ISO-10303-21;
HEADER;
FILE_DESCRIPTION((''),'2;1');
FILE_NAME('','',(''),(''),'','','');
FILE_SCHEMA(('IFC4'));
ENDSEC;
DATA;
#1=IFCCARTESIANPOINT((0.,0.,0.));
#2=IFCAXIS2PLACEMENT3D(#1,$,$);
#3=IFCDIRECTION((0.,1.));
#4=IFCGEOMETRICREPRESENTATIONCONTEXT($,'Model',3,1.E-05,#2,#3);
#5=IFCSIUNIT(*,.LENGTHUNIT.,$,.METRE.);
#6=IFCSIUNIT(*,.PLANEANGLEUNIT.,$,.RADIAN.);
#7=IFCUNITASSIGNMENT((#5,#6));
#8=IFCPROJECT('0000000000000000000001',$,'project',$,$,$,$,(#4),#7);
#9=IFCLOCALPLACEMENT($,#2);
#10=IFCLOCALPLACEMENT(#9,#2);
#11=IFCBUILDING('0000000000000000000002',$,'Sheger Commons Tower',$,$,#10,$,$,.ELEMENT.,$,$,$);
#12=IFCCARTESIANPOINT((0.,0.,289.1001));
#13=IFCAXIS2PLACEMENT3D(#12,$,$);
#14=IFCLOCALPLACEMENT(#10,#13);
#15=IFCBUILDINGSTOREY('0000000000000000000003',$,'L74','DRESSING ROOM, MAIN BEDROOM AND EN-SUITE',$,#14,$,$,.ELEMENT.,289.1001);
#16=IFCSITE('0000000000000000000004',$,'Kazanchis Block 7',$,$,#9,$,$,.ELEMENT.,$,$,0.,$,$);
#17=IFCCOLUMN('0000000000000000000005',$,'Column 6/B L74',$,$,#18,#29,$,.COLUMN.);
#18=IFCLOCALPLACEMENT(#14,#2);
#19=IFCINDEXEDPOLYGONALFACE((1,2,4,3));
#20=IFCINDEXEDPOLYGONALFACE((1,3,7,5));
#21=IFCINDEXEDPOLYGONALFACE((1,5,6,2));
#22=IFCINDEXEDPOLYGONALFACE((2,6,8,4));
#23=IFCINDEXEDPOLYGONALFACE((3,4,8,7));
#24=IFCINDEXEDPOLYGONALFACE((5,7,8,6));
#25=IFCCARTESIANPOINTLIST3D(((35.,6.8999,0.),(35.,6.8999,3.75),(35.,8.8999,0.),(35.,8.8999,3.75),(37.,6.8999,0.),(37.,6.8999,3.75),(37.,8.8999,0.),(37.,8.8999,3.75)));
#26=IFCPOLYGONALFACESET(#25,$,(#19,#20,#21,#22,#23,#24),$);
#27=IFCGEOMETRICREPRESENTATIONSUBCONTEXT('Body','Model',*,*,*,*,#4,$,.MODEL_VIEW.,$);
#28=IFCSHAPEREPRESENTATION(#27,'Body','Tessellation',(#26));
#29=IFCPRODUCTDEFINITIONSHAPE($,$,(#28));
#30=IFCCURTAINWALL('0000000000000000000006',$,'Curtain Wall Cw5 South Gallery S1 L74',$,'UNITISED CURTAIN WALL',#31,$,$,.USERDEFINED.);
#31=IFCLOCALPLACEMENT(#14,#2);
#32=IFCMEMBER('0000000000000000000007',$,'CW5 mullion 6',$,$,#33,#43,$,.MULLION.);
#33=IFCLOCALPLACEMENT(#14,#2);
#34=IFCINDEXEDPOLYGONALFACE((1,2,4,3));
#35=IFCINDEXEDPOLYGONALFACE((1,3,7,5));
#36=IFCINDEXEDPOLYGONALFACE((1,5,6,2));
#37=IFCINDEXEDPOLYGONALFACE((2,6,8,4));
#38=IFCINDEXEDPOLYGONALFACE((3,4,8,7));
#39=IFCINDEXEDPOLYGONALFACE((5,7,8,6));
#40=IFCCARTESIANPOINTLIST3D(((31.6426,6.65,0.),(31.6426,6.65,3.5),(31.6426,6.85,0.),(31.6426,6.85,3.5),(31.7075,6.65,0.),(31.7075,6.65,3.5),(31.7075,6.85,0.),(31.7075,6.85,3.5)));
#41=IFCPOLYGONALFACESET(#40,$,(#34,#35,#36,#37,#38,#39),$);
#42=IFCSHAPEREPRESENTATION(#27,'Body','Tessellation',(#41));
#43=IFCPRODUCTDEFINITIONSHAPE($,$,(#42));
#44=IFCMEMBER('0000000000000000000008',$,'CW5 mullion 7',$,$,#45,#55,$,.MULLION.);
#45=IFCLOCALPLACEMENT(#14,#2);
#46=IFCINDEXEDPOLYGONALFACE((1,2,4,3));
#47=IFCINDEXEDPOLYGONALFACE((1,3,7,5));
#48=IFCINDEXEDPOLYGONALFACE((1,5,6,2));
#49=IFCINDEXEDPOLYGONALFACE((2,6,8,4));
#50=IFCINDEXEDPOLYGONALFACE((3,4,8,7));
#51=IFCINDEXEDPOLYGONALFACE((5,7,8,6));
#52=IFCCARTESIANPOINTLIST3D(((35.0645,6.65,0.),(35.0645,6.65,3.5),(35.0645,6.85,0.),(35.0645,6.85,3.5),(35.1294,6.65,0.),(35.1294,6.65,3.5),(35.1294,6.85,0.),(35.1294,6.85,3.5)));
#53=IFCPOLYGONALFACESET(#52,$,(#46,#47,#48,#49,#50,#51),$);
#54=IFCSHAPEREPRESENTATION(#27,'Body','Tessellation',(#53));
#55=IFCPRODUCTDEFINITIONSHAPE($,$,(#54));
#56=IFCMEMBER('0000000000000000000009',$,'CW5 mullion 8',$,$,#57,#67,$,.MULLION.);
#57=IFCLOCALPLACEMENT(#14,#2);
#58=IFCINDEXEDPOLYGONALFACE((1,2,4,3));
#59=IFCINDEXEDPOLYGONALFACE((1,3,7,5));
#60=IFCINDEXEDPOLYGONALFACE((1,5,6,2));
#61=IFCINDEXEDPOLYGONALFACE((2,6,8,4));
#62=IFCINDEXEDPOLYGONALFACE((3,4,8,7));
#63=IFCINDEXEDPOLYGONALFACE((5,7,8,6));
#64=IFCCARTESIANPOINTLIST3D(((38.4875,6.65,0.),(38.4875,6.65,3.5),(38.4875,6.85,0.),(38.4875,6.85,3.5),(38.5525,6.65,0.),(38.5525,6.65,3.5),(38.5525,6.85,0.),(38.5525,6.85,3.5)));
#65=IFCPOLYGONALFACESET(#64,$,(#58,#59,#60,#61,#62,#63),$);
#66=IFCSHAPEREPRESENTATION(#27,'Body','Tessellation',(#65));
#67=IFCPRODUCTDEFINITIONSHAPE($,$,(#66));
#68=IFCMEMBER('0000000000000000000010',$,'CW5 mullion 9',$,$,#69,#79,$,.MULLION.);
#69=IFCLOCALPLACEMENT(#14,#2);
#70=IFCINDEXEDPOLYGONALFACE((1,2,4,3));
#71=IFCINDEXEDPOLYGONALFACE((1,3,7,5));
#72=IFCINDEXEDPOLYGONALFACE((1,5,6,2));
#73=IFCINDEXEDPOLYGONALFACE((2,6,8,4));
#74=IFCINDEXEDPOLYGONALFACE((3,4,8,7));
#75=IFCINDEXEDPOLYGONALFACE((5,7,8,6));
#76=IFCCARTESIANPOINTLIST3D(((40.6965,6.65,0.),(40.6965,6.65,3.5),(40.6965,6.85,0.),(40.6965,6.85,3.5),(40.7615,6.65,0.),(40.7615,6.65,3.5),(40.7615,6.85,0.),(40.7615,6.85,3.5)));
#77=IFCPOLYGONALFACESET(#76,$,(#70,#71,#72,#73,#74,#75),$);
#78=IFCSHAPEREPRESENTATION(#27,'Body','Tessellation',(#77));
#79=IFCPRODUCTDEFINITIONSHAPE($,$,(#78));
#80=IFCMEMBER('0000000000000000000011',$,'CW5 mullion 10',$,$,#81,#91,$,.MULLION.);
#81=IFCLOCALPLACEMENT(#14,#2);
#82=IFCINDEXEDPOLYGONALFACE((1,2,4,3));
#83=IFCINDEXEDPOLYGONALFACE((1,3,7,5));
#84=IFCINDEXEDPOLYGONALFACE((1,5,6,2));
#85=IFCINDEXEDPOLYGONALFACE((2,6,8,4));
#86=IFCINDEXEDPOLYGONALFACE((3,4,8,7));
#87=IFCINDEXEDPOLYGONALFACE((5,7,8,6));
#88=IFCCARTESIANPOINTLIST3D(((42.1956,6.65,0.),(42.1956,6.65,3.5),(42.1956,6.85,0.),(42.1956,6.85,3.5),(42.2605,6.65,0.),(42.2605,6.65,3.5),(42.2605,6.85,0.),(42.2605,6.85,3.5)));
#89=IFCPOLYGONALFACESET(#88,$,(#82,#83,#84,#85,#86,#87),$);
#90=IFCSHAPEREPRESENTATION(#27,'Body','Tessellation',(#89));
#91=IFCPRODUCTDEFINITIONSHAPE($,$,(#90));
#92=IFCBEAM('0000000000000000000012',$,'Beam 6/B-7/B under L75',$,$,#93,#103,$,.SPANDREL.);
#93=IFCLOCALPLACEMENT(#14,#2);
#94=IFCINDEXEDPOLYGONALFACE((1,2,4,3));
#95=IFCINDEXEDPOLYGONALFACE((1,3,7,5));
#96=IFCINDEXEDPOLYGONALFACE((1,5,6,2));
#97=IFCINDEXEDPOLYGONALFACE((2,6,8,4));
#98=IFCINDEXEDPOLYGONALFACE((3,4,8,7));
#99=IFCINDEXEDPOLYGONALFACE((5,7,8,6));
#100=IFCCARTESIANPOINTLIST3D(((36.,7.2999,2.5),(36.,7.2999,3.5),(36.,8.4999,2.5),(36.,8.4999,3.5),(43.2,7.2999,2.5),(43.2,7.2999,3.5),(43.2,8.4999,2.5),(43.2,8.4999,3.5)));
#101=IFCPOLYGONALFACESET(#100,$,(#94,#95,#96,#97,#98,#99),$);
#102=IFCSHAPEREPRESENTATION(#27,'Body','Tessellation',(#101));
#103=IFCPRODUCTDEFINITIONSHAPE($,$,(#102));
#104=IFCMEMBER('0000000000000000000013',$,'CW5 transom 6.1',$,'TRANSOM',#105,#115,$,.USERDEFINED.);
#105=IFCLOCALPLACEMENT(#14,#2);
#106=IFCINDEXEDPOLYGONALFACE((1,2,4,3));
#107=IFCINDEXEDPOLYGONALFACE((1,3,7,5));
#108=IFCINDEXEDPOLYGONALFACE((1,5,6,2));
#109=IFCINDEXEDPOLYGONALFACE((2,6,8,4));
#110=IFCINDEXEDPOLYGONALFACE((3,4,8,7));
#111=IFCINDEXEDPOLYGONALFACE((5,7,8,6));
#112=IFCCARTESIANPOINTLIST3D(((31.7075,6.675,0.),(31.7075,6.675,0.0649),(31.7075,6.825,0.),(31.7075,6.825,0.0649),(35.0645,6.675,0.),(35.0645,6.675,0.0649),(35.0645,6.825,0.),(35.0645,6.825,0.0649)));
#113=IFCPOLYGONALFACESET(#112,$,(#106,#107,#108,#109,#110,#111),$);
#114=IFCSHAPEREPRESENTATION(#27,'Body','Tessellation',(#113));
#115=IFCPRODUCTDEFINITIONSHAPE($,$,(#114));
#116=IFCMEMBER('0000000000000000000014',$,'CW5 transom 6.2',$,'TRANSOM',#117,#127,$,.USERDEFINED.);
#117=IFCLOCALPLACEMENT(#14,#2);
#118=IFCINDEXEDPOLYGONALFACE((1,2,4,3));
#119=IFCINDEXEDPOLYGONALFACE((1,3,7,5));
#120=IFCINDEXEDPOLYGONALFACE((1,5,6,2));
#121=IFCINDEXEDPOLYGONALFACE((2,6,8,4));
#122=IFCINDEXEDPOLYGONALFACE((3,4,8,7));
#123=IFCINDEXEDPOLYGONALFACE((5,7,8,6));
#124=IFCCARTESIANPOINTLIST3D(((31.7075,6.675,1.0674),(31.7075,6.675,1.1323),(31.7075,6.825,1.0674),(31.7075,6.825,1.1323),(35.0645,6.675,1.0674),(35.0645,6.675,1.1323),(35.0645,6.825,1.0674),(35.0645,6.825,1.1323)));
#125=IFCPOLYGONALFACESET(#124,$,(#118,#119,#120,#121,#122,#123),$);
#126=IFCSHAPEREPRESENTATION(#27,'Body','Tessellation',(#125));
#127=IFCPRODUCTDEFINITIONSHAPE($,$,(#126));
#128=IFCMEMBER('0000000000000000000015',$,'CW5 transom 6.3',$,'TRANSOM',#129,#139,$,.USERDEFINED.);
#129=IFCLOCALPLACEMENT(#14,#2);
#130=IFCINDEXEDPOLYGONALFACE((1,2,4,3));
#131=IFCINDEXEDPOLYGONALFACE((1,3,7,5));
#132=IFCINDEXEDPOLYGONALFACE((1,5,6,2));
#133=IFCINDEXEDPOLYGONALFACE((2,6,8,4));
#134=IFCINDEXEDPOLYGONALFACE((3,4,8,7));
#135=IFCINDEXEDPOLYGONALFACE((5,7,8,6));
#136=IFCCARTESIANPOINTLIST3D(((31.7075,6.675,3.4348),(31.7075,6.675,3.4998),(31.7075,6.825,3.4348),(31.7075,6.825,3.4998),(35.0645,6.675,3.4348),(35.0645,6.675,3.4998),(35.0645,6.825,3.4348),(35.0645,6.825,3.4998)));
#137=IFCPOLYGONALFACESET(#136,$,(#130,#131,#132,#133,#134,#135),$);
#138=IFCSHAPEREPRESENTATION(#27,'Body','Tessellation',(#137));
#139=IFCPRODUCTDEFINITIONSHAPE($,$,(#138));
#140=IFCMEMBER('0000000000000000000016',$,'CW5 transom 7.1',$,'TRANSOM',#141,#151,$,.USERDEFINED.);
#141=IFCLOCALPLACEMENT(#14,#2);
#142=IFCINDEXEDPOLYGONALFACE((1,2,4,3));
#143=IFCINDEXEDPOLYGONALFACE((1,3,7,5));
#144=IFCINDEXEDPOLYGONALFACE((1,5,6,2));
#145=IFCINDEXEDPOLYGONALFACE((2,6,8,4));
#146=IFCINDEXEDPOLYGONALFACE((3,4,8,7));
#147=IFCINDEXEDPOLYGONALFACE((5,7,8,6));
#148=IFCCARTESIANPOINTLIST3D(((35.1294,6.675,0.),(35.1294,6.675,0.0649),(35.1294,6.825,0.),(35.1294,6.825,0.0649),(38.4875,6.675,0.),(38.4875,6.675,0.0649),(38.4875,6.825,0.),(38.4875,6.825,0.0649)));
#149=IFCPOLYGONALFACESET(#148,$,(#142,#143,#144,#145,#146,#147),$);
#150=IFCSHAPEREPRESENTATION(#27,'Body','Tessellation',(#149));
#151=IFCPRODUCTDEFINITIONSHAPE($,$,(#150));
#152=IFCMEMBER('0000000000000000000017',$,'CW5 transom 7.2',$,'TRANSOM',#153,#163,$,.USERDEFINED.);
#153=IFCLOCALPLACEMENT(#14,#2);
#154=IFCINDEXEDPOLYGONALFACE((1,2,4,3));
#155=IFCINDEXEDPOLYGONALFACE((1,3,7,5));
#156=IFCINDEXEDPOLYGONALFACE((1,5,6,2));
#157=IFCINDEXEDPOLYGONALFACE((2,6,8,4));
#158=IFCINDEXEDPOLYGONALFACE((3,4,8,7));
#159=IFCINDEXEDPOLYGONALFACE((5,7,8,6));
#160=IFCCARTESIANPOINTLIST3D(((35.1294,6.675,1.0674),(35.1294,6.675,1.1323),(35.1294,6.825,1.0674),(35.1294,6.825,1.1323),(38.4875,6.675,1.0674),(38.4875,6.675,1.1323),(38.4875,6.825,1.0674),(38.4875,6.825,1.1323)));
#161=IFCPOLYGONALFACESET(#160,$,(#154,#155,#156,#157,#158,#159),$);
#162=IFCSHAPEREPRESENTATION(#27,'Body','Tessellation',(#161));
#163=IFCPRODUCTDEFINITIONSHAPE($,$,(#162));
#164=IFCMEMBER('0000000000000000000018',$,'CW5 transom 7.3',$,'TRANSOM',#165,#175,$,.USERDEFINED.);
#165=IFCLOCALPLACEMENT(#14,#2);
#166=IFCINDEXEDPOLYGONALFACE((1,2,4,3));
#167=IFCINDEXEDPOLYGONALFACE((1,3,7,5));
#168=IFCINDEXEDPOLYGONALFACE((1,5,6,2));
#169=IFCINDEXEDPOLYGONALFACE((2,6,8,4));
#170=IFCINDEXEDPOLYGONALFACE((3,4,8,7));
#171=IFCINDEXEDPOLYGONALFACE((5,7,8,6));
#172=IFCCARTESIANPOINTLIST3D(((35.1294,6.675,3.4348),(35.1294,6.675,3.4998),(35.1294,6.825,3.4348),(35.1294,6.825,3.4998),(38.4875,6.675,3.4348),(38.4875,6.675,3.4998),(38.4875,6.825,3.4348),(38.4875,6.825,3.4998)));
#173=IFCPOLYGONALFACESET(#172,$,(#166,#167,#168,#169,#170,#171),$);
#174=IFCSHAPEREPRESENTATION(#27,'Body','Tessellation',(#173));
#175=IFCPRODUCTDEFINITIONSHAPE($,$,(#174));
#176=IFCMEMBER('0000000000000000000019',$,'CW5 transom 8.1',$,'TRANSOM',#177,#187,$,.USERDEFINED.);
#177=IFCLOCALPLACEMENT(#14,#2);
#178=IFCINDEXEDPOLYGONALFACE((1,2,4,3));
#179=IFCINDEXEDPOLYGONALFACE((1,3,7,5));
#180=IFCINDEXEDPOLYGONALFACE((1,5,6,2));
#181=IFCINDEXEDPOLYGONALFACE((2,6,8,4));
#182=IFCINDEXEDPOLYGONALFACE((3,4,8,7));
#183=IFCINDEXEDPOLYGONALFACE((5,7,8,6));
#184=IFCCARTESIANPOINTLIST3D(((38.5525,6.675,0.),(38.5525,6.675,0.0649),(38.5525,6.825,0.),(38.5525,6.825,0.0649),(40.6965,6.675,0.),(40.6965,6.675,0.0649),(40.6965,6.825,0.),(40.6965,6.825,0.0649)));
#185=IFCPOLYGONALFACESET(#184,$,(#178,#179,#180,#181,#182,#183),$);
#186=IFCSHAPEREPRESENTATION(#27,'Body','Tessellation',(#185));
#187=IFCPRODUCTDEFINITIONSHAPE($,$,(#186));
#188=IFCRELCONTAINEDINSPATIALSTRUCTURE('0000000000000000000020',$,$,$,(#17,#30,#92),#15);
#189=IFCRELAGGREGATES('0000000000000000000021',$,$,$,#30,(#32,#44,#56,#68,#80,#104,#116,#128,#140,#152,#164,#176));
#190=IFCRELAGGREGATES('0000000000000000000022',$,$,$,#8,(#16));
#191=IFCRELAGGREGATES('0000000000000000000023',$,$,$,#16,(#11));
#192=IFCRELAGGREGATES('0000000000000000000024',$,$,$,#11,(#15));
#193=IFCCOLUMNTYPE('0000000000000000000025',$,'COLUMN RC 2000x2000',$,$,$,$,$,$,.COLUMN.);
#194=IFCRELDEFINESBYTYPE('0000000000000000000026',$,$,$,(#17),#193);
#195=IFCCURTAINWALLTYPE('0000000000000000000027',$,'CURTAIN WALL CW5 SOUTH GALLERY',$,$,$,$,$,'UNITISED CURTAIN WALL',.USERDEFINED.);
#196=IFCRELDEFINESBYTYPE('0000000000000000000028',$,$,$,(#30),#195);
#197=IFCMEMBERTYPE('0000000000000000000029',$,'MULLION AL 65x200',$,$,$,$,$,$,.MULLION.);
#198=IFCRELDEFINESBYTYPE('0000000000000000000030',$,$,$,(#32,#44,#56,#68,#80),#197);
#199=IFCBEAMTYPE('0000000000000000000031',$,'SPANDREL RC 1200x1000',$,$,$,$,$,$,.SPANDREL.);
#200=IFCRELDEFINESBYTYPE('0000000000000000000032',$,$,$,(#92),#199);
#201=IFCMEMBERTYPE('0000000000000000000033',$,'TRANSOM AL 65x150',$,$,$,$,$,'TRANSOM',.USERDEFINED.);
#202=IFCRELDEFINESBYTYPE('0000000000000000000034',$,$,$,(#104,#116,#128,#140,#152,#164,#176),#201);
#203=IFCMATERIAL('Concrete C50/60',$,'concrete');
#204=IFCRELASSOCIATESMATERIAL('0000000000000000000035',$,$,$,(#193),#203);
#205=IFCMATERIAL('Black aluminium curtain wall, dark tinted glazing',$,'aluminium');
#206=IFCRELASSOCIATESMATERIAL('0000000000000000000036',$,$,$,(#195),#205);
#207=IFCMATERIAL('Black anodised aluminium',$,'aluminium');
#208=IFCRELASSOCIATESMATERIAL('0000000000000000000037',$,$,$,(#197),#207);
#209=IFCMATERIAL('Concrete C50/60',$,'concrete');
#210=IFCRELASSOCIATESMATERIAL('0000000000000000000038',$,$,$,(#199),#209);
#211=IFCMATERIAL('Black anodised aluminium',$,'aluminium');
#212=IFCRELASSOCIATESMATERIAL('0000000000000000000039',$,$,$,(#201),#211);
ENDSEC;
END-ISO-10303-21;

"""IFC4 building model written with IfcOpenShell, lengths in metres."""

from ifc_helpers import new_model, si_unit, direction, frame, origin, origin_2d, place, context, subcontext, project, spatial, rectangle, extrude, material, material_profile, profile_set, type_object, element, aggregate, save


model = new_model("IFC4")

# Units and contexts
model_context = context("Model", 3, precision=1e-05, world=origin(), true_north=direction((0.0, 1.0)))
body_context = subcontext(model_context, "Body", "Model", "MODEL_VIEW")
ifc_project = project(units=[si_unit("LENGTHUNIT", "METRE"), si_unit("PLANEANGLEUNIT", "RADIAN")], contexts=[model_context])

# Site, building, storey
site_placement = place(None, origin())
site = spatial("IfcSite", under=ifc_project, at=site_placement, Name="Kazanchis Block 7", CompositionType="ELEMENT", RefElevation=0.0)
building_placement = place(site_placement, origin())
building = spatial("IfcBuilding", under=site, at=building_placement, Name="Sheger Commons Tower", CompositionType="ELEMENT")
storey_placement = place(building_placement, frame((0.0, 0.0, 289.1001)))
storey = spatial("IfcBuildingStorey", under=building, at=storey_placement, Name="L74", Description="DRESSING ROOM, MAIN BEDROOM AND EN-SUITE", CompositionType="ELEMENT", Elevation=289.1001)

# Column
ifc_material_1 = material(Name="Concrete C50/60", Category="concrete")
ifc_material_profile_1 = material_profile(ifc_material_1, rectangle(XDim=2.0, YDim=2.0, at=origin_2d()), Name="RC 2000x2000")
ifc_profile_set_1 = profile_set([ifc_material_profile_1], Name="Concrete C50/60")
column_type = type_object("IfcColumnType", Name="COLUMN RC 2000x2000", PredefinedType="COLUMN", material=ifc_profile_set_1)
column_placement = place(storey_placement, frame((36.0, 7.8999, 0.0), z_axis=(0.0, 0.0, 1.0), x_axis=(1.0, 0.0, 0.0)))
element("IfcColumn", 1, at=column_placement, inside=storey, type_object=column_type, Name="Column 6/B L74", PredefinedType="COLUMN", context=body_context, shape_type="SweptSolid", body=[
    extrude(rectangle(XDim=2.0, YDim=2.0, at=origin_2d()), origin(), (0.0, 0.0, 1.0), 3.75),
])

# Curtain wall, members
ifc_material_2 = material(Name="Black aluminium curtain wall, dark tinted glazing", Category="aluminium")
curtain_wall_type = type_object("IfcCurtainWallType", Name="CURTAIN WALL CW5 SOUTH GALLERY", ElementType="UNITISED CURTAIN WALL", PredefinedType="USERDEFINED", material=ifc_material_2)
curtain_wall_placement = place(storey_placement, origin())
curtain_wall = element("IfcCurtainWall", 2, at=curtain_wall_placement, inside=storey, type_object=curtain_wall_type, Name="Curtain Wall Cw5 South Gallery S1 L74", ObjectType="UNITISED CURTAIN WALL", PredefinedType="USERDEFINED")
ifc_material_3 = material(Name="Black anodised aluminium", Category="aluminium")
ifc_material_profile_2 = material_profile(ifc_material_3, rectangle(XDim=0.2, YDim=0.0649, at=origin_2d()), Name="AL 65x200")
ifc_profile_set_2 = profile_set([ifc_material_profile_2], Name="Black anodised aluminium")
member_type_1 = type_object("IfcMemberType", Name="MULLION AL 65x200", PredefinedType="MULLION", material=ifc_profile_set_2)
member_1_placement = place(storey_placement, frame((31.675, 6.75, 0.0), z_axis=(0.0, 0.0, 1.0), x_axis=(0.0, 1.0, 0.0)))
member_1 = element("IfcMember", 3, at=member_1_placement, type_object=member_type_1, Name="CW5 mullion 6", PredefinedType="MULLION", context=body_context, shape_type="SweptSolid", body=[
    extrude(rectangle(XDim=0.2, YDim=0.0649, at=origin_2d()), origin(), (0.0, 0.0, 1.0), 3.5),
])
member_2_placement = place(storey_placement, frame((35.0969, 6.75, 0.0), z_axis=(0.0, 0.0, 1.0), x_axis=(0.0, 1.0, 0.0)))
member_2 = element("IfcMember", 4, at=member_2_placement, type_object=member_type_1, Name="CW5 mullion 7", PredefinedType="MULLION", context=body_context, shape_type="SweptSolid", body=[
    extrude(rectangle(XDim=0.2, YDim=0.0649, at=origin_2d()), origin(), (0.0, 0.0, 1.0), 3.5),
])
member_3_placement = place(storey_placement, frame((38.52, 6.75, 0.0), z_axis=(0.0, 0.0, 1.0), x_axis=(0.0, 1.0, 0.0)))
member_3 = element("IfcMember", 5, at=member_3_placement, type_object=member_type_1, Name="CW5 mullion 8", PredefinedType="MULLION", context=body_context, shape_type="SweptSolid", body=[
    extrude(rectangle(XDim=0.2, YDim=0.0649, at=origin_2d()), origin(), (0.0, 0.0, 1.0), 3.5),
])
member_4_placement = place(storey_placement, frame((40.729, 6.75, 0.0), z_axis=(0.0, 0.0, 1.0), x_axis=(0.0, 1.0, 0.0)))
member_4 = element("IfcMember", 6, at=member_4_placement, type_object=member_type_1, Name="CW5 mullion 9", PredefinedType="MULLION", context=body_context, shape_type="SweptSolid", body=[
    extrude(rectangle(XDim=0.2, YDim=0.0649, at=origin_2d()), origin(), (0.0, 0.0, 1.0), 3.5),
])
member_5_placement = place(storey_placement, frame((42.228, 6.75, 0.0), z_axis=(0.0, 0.0, 1.0), x_axis=(0.0, 1.0, 0.0)))
member_5 = element("IfcMember", 7, at=member_5_placement, type_object=member_type_1, Name="CW5 mullion 10", PredefinedType="MULLION", context=body_context, shape_type="SweptSolid", body=[
    extrude(rectangle(XDim=0.2, YDim=0.0649, at=origin_2d()), origin(), (0.0, 0.0, 1.0), 3.5),
])

# Beam
ifc_material_4 = material(Name="Concrete C50/60", Category="concrete")
ifc_material_profile_3 = material_profile(ifc_material_4, rectangle(XDim=1.2, YDim=1.0, at=origin_2d()), Name="RC 1200x1000")
ifc_profile_set_3 = profile_set([ifc_material_profile_3], Name="Concrete C50/60")
beam_type = type_object("IfcBeamType", Name="SPANDREL RC 1200x1000", PredefinedType="SPANDREL", material=ifc_profile_set_3)
beam_placement = place(storey_placement, frame((36.0, 7.8999, 3.0), z_axis=(1.0, 0.0, 0.0), x_axis=(0.0, 1.0, 0.0)))
element("IfcBeam", 8, at=beam_placement, inside=storey, type_object=beam_type, Name="Beam 6/B-7/B under L75", PredefinedType="SPANDREL", context=body_context, shape_type="SweptSolid", body=[
    extrude(rectangle(XDim=1.2, YDim=1.0, at=origin_2d()), origin(), (0.0, 0.0, 1.0), 7.2),
])

# Members
ifc_material_5 = material(Name="Black anodised aluminium", Category="aluminium")
ifc_material_profile_4 = material_profile(ifc_material_5, rectangle(XDim=0.1499, YDim=0.0649, at=origin_2d()), Name="AL 65x150")
ifc_profile_set_4 = profile_set([ifc_material_profile_4], Name="Black anodised aluminium")
member_type_2 = type_object("IfcMemberType", Name="TRANSOM AL 65x150", ElementType="TRANSOM", PredefinedType="USERDEFINED", material=ifc_profile_set_4)
member_6_placement = place(storey_placement, frame((31.7075, 6.75, 0.0325), z_axis=(1.0, 0.0, 0.0), x_axis=(0.0, 1.0, 0.0)))
member_6 = element("IfcMember", 9, at=member_6_placement, type_object=member_type_2, Name="CW5 transom 6.1", ObjectType="TRANSOM", PredefinedType="USERDEFINED", context=body_context, shape_type="SweptSolid", body=[
    extrude(rectangle(XDim=0.1499, YDim=0.0649, at=origin_2d()), origin(), (0.0, 0.0, 1.0), 3.3569),
])
member_7_placement = place(storey_placement, frame((31.7075, 6.75, 1.0999), z_axis=(1.0, 0.0, 0.0), x_axis=(0.0, 1.0, 0.0)))
member_7 = element("IfcMember", 10, at=member_7_placement, type_object=member_type_2, Name="CW5 transom 6.2", ObjectType="TRANSOM", PredefinedType="USERDEFINED", context=body_context, shape_type="SweptSolid", body=[
    extrude(rectangle(XDim=0.1499, YDim=0.0649, at=origin_2d()), origin(), (0.0, 0.0, 1.0), 3.3569),
])
member_8_placement = place(storey_placement, frame((31.7075, 6.75, 3.4673), z_axis=(1.0, 0.0, 0.0), x_axis=(0.0, 1.0, 0.0)))
member_8 = element("IfcMember", 11, at=member_8_placement, type_object=member_type_2, Name="CW5 transom 6.3", ObjectType="TRANSOM", PredefinedType="USERDEFINED", context=body_context, shape_type="SweptSolid", body=[
    extrude(rectangle(XDim=0.1499, YDim=0.0649, at=origin_2d()), origin(), (0.0, 0.0, 1.0), 3.3569),
])
member_9_placement = place(storey_placement, frame((35.1294, 6.75, 0.0325), z_axis=(1.0, 0.0, 0.0), x_axis=(0.0, 1.0, 0.0)))
member_9 = element("IfcMember", 12, at=member_9_placement, type_object=member_type_2, Name="CW5 transom 7.1", ObjectType="TRANSOM", PredefinedType="USERDEFINED", context=body_context, shape_type="SweptSolid", body=[
    extrude(rectangle(XDim=0.1499, YDim=0.0649, at=origin_2d()), origin(), (0.0, 0.0, 1.0), 3.3582),
])
member_10_placement = place(storey_placement, frame((35.1294, 6.75, 1.0999), z_axis=(1.0, 0.0, 0.0), x_axis=(0.0, 1.0, 0.0)))
member_10 = element("IfcMember", 13, at=member_10_placement, type_object=member_type_2, Name="CW5 transom 7.2", ObjectType="TRANSOM", PredefinedType="USERDEFINED", context=body_context, shape_type="SweptSolid", body=[
    extrude(rectangle(XDim=0.1499, YDim=0.0649, at=origin_2d()), origin(), (0.0, 0.0, 1.0), 3.3582),
])
member_11_placement = place(storey_placement, frame((35.1294, 6.75, 3.4673), z_axis=(1.0, 0.0, 0.0), x_axis=(0.0, 1.0, 0.0)))
member_11 = element("IfcMember", 14, at=member_11_placement, type_object=member_type_2, Name="CW5 transom 7.3", ObjectType="TRANSOM", PredefinedType="USERDEFINED", context=body_context, shape_type="SweptSolid", body=[
    extrude(rectangle(XDim=0.1499, YDim=0.0649, at=origin_2d()), origin(), (0.0, 0.0, 1.0), 3.3582),
])
member_12_placement = place(storey_placement, frame((38.5525, 6.75, 0.0325), z_axis=(1.0, 0.0, 0.0), x_axis=(0.0, 1.0, 0.0)))
member_12 = element("IfcMember", 15, at=member_12_placement, type_object=member_type_2, Name="CW5 transom 8.1", ObjectType="TRANSOM", PredefinedType="USERDEFINED", context=body_context, shape_type="SweptSolid", body=[
    extrude(rectangle(XDim=0.1499, YDim=0.0649, at=origin_2d()), origin(), (0.0, 0.0, 1.0), 2.144),
])

aggregate(curtain_wall, [member_1, member_2, member_3, member_4, member_5, member_6, member_7, member_8, member_9, member_10, member_11, member_12])

save(model, "model.ifc")
